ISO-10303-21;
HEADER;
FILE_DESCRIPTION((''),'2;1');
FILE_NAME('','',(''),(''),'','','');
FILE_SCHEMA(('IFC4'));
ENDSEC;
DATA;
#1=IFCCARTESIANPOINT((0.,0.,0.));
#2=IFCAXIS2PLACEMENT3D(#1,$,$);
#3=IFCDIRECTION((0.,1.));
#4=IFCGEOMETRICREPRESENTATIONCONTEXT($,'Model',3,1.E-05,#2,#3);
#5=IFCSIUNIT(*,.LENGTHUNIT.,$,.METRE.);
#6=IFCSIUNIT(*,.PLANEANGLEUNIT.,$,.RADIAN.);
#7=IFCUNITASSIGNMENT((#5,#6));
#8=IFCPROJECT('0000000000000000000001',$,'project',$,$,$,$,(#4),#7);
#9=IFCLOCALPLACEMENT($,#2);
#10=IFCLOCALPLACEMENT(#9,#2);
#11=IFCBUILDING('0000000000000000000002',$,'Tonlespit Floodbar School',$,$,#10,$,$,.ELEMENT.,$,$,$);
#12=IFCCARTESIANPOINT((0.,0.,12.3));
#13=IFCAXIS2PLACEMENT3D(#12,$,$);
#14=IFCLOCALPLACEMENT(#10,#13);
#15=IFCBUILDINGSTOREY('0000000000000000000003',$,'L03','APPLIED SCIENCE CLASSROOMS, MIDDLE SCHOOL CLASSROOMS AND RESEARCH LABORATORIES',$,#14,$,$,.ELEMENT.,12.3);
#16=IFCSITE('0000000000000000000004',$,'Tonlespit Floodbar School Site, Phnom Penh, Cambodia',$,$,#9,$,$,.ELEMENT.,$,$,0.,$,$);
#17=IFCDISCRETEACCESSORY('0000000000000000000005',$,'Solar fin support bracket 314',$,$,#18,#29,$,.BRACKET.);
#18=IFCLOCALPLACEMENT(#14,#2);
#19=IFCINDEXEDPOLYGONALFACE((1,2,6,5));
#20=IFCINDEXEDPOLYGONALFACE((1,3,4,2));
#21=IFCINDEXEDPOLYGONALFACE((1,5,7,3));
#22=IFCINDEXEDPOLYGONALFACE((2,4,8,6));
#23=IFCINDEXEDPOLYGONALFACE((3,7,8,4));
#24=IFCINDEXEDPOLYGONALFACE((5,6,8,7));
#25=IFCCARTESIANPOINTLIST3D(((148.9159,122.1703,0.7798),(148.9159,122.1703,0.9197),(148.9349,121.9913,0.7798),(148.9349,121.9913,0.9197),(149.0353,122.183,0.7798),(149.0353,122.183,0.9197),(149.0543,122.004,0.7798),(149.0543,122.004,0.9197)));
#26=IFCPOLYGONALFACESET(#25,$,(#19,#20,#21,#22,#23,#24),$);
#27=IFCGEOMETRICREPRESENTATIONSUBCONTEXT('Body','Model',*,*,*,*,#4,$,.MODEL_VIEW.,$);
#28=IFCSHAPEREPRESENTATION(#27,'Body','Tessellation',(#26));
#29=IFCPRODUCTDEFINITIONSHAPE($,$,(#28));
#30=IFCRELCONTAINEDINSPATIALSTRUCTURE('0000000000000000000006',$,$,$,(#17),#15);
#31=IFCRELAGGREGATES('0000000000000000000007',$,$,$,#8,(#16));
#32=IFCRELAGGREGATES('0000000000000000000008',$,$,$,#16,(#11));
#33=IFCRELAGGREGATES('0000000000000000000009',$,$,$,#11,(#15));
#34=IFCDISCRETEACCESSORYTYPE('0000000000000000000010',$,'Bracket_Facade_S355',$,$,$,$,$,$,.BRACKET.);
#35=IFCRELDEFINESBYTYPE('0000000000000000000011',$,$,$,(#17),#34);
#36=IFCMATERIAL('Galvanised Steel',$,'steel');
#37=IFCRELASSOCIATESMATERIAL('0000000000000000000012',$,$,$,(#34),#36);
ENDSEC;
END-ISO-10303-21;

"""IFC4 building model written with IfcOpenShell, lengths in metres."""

from ifc_helpers import new_model, si_unit, direction, frame, origin, origin_2d, place, context, subcontext, project, spatial, rectangle, extrude, material, type_object, element, save


model = new_model("IFC4")

# Units and contexts
model_context = context("Model", 3, precision=1e-05, world=origin(), true_north=direction((0.0, 1.0)))
body_context = subcontext(model_context, "Body", "Model", "MODEL_VIEW")
ifc_project = project(units=[si_unit("LENGTHUNIT", "METRE"), si_unit("PLANEANGLEUNIT", "RADIAN")], contexts=[model_context])

# Site, building, storey
site_placement = place(None, origin())
site = spatial("IfcSite", under=ifc_project, at=site_placement, Name="Tonlespit Floodbar School Site, Phnom Penh, Cambodia", CompositionType="ELEMENT", RefElevation=0.0)
building_placement = place(site_placement, origin())
building = spatial("IfcBuilding", under=site, at=building_placement, Name="Tonlespit Floodbar School", CompositionType="ELEMENT")
storey_placement = place(building_placement, frame((0.0, 0.0, 12.3)))
storey = spatial("IfcBuildingStorey", under=building, at=storey_placement, Name="L03", Description="APPLIED SCIENCE CLASSROOMS, MIDDLE SCHOOL CLASSROOMS AND RESEARCH LABORATORIES", CompositionType="ELEMENT", Elevation=12.3)

# Discrete accessory
ifc_material_1 = material(Name="Galvanised Steel", Category="steel")
discrete_accessory_type = type_object("IfcDiscreteAccessoryType", Name="Bracket_Facade_S355", PredefinedType="BRACKET", material=ifc_material_1)
discrete_accessory_1_placement = place(storey_placement, frame((148.9851, 122.0872, 0.7798), z_axis=(0.0, 0.0, 1.0), x_axis=(0.994392, 0.105754, 0.0)))
element("IfcDiscreteAccessory", 1, at=discrete_accessory_1_placement, inside=storey, type_object=discrete_accessory_type, Name="Solar fin support bracket 314", PredefinedType="BRACKET", context=body_context, shape_type="SweptSolid", body=[
    extrude(rectangle(XDim=0.1201, YDim=0.1799, at=origin_2d()), origin(), (0.0, 0.0, 1.0), 0.1399),
])

save(model, "model.ifc")
